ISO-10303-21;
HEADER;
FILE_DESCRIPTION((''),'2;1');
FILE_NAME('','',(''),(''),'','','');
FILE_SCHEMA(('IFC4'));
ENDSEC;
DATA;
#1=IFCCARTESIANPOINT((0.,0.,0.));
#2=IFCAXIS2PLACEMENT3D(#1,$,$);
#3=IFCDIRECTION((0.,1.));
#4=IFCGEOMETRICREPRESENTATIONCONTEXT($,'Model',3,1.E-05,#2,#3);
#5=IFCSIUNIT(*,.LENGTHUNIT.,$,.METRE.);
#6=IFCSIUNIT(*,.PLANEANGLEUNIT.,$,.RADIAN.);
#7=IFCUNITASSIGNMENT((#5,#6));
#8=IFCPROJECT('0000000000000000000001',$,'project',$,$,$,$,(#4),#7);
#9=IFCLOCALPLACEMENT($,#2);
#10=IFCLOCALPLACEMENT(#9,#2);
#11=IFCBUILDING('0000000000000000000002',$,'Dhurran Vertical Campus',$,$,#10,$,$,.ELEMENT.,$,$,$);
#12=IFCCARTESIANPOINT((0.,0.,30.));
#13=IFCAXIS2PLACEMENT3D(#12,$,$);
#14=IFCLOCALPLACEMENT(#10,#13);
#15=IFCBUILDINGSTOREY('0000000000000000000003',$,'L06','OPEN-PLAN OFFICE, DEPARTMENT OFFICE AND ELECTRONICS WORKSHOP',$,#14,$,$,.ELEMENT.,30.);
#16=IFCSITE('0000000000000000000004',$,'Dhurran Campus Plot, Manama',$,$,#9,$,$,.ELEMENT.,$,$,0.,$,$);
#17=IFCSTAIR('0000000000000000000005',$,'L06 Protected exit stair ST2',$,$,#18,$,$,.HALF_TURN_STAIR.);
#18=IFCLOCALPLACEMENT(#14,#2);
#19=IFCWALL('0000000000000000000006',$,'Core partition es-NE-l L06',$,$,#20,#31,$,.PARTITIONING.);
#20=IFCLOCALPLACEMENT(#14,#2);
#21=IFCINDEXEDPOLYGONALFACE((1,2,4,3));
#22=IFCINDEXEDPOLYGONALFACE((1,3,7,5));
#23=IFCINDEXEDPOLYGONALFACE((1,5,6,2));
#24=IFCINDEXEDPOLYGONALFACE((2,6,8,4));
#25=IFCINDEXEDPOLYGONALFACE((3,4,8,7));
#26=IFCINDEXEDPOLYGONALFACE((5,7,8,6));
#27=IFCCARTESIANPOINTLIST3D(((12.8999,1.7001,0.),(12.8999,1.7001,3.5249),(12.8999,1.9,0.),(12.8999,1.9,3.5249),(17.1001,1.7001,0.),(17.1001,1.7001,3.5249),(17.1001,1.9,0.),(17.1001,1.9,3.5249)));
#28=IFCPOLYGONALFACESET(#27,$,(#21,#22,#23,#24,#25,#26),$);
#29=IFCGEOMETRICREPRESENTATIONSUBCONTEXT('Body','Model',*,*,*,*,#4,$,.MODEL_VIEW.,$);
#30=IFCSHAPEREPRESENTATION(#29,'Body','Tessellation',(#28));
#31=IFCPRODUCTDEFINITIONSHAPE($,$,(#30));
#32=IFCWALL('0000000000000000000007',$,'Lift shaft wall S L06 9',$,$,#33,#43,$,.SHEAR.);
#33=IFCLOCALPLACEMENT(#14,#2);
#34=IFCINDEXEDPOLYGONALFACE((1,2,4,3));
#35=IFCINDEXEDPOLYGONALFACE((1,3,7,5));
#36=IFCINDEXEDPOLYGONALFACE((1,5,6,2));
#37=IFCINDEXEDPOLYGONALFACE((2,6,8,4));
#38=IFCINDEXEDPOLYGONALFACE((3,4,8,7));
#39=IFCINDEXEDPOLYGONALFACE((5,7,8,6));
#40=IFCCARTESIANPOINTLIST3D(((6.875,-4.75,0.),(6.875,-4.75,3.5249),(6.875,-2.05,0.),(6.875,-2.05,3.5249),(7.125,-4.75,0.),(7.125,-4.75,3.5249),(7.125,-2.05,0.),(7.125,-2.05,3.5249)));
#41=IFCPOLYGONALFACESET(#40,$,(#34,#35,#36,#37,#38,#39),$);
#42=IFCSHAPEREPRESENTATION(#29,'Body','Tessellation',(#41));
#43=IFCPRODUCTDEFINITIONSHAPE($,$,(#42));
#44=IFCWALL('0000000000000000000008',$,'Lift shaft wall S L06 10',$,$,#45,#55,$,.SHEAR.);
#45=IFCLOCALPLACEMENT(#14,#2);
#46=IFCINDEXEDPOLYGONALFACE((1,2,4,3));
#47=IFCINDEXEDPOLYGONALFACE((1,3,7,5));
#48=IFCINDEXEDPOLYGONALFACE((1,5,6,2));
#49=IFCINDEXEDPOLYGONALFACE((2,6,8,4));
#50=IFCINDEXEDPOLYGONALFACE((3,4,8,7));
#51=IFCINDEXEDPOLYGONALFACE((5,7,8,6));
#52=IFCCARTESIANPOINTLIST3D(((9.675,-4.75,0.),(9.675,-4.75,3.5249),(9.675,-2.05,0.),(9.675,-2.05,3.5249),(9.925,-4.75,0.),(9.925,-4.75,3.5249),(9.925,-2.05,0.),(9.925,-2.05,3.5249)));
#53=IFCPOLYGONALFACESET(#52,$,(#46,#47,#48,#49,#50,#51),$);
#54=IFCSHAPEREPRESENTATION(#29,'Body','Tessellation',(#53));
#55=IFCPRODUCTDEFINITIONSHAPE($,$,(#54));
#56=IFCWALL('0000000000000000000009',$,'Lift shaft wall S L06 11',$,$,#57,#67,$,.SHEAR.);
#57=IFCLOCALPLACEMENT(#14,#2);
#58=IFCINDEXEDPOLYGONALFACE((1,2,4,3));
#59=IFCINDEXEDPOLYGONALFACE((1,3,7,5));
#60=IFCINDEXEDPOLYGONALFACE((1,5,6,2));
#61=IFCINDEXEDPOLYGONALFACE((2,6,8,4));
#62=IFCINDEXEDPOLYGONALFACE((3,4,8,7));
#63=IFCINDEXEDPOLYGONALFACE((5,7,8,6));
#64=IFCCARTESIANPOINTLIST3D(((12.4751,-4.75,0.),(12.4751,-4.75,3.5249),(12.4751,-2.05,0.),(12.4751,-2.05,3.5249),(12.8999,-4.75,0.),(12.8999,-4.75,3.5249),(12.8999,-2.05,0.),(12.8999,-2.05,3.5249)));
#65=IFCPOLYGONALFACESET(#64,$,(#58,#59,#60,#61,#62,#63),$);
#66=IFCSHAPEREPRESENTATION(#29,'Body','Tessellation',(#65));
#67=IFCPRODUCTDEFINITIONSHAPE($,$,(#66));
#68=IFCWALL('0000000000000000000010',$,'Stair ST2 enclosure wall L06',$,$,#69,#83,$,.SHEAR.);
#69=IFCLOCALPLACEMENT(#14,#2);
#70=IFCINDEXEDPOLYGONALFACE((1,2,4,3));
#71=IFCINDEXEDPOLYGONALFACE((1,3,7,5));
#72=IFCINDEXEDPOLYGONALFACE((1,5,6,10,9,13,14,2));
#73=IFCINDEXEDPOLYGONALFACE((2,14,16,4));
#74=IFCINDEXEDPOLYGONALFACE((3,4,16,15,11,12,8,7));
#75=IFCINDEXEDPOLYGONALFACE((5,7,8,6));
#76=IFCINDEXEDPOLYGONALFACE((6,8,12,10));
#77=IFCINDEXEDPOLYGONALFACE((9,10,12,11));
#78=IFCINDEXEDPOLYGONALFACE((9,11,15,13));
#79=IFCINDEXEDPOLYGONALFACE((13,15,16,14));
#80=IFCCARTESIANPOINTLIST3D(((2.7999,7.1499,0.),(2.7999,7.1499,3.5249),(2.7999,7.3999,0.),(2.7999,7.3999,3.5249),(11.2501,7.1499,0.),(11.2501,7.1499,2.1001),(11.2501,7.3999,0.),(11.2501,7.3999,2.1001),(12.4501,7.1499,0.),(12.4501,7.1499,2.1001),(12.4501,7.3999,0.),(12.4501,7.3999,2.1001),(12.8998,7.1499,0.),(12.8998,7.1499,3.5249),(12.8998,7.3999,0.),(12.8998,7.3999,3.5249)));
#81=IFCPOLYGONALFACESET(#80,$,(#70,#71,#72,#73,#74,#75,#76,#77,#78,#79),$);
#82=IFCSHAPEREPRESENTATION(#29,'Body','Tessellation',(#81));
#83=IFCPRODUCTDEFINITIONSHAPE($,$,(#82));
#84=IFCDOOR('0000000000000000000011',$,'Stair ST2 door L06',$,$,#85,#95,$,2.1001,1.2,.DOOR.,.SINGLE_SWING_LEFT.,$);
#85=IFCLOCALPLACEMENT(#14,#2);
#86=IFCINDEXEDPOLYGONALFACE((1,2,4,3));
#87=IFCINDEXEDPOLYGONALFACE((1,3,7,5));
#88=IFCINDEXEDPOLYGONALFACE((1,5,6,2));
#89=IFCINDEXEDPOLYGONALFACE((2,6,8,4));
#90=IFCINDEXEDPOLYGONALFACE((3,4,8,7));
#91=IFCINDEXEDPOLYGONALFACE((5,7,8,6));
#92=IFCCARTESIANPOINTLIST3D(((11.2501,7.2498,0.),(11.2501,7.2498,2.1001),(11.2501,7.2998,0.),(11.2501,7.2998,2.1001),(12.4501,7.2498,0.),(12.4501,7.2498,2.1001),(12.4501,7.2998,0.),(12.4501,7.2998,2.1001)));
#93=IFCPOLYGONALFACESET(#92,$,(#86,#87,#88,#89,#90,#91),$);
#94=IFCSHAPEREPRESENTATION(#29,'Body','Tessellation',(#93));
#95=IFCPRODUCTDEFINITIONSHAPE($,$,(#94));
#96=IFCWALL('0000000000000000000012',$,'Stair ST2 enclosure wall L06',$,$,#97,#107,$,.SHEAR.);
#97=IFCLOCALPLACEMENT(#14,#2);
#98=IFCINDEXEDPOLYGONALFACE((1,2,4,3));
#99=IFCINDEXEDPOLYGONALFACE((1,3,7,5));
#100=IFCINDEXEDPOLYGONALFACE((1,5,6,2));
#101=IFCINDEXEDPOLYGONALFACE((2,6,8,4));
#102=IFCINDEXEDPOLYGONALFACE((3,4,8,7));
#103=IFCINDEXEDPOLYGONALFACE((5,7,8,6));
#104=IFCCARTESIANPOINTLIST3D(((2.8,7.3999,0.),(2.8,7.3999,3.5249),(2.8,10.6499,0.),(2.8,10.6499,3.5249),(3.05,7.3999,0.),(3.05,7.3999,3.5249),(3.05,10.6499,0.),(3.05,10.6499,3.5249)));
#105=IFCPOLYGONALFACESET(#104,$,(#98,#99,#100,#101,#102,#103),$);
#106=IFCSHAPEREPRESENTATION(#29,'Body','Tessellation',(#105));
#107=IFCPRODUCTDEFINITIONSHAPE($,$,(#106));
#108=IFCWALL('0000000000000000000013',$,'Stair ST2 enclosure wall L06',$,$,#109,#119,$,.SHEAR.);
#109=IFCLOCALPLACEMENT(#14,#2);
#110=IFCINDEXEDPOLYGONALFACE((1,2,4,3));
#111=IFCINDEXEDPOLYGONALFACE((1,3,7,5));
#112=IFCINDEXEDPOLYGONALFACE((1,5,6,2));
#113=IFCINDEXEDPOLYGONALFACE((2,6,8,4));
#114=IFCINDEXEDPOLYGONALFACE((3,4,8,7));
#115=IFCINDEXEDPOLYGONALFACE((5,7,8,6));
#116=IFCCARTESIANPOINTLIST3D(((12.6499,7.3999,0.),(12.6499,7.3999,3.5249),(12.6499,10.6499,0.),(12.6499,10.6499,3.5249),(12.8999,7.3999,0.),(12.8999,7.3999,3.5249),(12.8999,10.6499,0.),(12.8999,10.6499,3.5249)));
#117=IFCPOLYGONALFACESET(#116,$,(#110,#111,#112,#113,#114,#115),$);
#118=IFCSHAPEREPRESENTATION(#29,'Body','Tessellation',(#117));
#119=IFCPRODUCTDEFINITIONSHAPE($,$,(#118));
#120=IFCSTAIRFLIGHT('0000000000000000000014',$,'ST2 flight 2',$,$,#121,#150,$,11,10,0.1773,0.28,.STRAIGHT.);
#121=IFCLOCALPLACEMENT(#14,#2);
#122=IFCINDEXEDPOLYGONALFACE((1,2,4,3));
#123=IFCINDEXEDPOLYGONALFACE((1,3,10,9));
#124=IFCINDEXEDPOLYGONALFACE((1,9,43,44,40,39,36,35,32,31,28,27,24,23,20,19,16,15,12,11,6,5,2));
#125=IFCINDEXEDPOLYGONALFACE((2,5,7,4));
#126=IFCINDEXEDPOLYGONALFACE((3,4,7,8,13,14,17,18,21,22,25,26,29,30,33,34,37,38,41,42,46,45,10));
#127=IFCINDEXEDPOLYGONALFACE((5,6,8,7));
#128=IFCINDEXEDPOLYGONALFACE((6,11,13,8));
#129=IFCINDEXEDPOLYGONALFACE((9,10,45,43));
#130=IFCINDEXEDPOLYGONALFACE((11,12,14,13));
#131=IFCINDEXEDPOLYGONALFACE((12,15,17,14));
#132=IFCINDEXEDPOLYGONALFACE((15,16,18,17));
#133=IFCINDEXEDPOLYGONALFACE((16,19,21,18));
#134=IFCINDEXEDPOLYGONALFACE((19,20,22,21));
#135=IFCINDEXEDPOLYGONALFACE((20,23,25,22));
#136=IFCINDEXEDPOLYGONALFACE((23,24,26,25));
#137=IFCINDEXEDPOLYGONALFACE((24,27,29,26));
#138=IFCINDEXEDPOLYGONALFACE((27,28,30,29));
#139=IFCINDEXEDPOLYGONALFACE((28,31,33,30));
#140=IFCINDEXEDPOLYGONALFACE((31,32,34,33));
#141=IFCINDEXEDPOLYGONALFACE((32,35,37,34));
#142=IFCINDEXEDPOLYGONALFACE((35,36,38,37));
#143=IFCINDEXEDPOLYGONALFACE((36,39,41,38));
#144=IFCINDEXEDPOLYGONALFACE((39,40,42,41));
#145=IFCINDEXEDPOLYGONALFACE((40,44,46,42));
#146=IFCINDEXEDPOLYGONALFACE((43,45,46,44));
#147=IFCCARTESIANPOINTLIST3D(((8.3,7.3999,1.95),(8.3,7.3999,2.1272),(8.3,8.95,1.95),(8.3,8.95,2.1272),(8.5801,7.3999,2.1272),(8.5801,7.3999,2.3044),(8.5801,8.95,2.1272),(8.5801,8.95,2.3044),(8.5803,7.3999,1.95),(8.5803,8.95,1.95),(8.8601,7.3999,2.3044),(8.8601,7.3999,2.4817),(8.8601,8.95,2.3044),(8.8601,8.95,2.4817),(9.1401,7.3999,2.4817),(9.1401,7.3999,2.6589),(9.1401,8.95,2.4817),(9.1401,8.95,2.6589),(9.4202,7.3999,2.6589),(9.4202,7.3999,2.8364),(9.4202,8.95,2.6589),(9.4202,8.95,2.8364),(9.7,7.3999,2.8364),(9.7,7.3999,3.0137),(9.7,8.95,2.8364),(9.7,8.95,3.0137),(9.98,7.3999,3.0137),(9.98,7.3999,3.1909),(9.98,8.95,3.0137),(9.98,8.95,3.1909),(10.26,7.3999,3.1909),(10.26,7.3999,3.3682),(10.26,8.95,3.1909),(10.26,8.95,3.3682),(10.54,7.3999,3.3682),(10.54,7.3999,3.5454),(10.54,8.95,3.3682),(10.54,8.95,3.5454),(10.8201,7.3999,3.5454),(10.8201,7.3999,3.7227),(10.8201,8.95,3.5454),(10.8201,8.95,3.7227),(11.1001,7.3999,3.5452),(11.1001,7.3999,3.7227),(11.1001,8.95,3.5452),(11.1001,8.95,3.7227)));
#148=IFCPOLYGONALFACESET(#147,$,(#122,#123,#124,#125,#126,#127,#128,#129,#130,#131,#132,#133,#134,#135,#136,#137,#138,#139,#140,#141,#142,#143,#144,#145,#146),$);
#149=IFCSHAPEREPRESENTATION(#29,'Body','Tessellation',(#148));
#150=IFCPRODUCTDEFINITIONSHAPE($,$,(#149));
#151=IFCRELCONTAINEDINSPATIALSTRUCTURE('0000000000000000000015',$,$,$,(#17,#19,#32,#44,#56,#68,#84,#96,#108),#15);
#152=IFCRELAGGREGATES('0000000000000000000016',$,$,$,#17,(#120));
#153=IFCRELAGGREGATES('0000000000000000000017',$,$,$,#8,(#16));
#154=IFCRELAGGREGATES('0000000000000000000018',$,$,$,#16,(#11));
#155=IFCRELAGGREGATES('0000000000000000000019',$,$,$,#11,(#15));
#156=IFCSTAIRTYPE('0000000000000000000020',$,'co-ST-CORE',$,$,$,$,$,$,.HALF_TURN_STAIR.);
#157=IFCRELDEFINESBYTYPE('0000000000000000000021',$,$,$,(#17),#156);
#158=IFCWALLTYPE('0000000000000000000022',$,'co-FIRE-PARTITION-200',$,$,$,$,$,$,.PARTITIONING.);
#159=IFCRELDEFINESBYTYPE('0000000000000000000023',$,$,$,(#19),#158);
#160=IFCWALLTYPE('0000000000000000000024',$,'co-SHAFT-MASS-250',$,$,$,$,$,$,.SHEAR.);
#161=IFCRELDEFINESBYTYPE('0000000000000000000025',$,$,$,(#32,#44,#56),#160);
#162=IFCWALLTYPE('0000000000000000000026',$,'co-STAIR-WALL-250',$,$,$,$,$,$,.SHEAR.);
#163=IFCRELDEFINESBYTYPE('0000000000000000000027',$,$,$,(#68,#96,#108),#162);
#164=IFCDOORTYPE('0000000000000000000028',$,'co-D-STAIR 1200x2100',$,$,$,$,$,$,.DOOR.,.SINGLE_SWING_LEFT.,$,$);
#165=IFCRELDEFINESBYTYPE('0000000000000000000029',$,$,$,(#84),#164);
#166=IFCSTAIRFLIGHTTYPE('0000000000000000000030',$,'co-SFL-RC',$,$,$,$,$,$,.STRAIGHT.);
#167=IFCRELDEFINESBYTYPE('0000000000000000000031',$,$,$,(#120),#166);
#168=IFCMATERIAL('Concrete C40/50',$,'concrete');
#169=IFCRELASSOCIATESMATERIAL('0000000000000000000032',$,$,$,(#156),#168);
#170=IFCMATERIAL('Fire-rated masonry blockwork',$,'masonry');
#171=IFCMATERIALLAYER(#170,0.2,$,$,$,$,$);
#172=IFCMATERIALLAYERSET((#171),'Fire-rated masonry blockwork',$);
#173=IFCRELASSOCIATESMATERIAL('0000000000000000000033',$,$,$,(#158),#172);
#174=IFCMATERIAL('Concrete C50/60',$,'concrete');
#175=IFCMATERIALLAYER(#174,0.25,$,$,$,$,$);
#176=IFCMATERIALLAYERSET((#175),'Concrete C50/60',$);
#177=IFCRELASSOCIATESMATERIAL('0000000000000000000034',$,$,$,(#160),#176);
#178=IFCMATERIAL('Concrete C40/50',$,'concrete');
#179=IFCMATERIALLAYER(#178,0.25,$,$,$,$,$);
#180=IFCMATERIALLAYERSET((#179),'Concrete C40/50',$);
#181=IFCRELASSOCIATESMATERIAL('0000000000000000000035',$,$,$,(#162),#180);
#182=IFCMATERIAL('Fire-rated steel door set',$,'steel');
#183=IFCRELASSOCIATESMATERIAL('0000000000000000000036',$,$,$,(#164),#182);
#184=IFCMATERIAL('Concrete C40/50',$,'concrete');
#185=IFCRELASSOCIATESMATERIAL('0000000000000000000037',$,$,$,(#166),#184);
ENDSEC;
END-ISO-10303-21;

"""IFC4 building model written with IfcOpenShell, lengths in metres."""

from ifc_helpers import new_model, si_unit, direction, frame, frame_2d, origin, place, context, subcontext, project, spatial, polyline, rectangle, outline, extrude, material, layer, layer_set, type_object, element, fill, aggregate, save


model = new_model("IFC4")

# Units and contexts
model_context = context("Model", 3, precision=1e-05, world=origin(), true_north=direction((0.0, 1.0)))
body_context = subcontext(model_context, "Body", "Model", "MODEL_VIEW")
ifc_project = project(units=[si_unit("LENGTHUNIT", "METRE"), si_unit("PLANEANGLEUNIT", "RADIAN")], contexts=[model_context])

# Site, building, storey
site_placement = place(None, origin())
site = spatial("IfcSite", under=ifc_project, at=site_placement, Name="Dhurran Campus Plot, Manama", CompositionType="ELEMENT", RefElevation=0.0)
building_placement = place(site_placement, origin())
building = spatial("IfcBuilding", under=site, at=building_placement, Name="Dhurran Vertical Campus", CompositionType="ELEMENT")
storey_placement = place(building_placement, frame((0.0, 0.0, 30.0)))
storey = spatial("IfcBuildingStorey", under=building, at=storey_placement, Name="L06", Description="OPEN-PLAN OFFICE, DEPARTMENT OFFICE AND ELECTRONICS WORKSHOP", CompositionType="ELEMENT", Elevation=30.0)

# Stair
ifc_material_1 = material(Name="Concrete C40/50", Category="concrete")
stair_type = type_object("IfcStairType", Name="co-ST-CORE", PredefinedType="HALF_TURN_STAIR", material=ifc_material_1)
stair_1_placement = place(storey_placement, origin())
stair_1 = element("IfcStair", 1, at=stair_1_placement, inside=storey, type_object=stair_type, Name="L06 Protected exit stair ST2", PredefinedType="HALF_TURN_STAIR")

# Shared definitions
ifc_material_2 = material(Name="Fire-rated masonry blockwork", Category="masonry")
ifc_layer_1 = layer(ifc_material_2, 0.2)
ifc_layer_set_1 = layer_set([ifc_layer_1], Name="Fire-rated masonry blockwork")
wall_type_1 = type_object("IfcWallType", Name="co-FIRE-PARTITION-200", PredefinedType="PARTITIONING", material=ifc_layer_set_1)

# Walls
wall_1_placement = place(storey_placement, frame((12.8999, 1.8, 0.0), z_axis=(0.0, 0.0, 1.0), x_axis=(1.0, 0.0, 0.0)))
element("IfcWall", 2, at=wall_1_placement, inside=storey, type_object=wall_type_1, Name="Core partition es-NE-l L06", PredefinedType="PARTITIONING", context=body_context, shape_type="SweptSolid", body=[
    extrude(rectangle(XDim=4.2002, YDim=0.2, at=frame_2d((2.1001, 0.0))), origin(), (0.0, 0.0, 1.0), 3.5249),
])
ifc_material_3 = material(Name="Concrete C50/60", Category="concrete")
ifc_layer_2 = layer(ifc_material_3, 0.25)
ifc_layer_set_2 = layer_set([ifc_layer_2], Name="Concrete C50/60")
wall_type_2 = type_object("IfcWallType", Name="co-SHAFT-MASS-250", PredefinedType="SHEAR", material=ifc_layer_set_2)
wall_2_placement = place(storey_placement, origin())
element("IfcWall", 3, at=wall_2_placement, inside=storey, type_object=wall_type_2, Name="Lift shaft wall S L06 9", PredefinedType="SHEAR", context=body_context, shape_type="SweptSolid", body=[
    extrude(outline(polyline([(6.875, -4.75), (7.125, -4.75), (7.125, -2.05), (6.875, -2.05), (6.875, -4.75)])), origin(), (0.0, 0.0, 1.0), 3.5249),
])
wall_3_placement = place(storey_placement, origin())
element("IfcWall", 4, at=wall_3_placement, inside=storey, type_object=wall_type_2, Name="Lift shaft wall S L06 10", PredefinedType="SHEAR", context=body_context, shape_type="SweptSolid", body=[
    extrude(outline(polyline([(9.675, -4.75), (9.925, -4.75), (9.925, -2.05), (9.675, -2.05), (9.675, -4.75)])), origin(), (0.0, 0.0, 1.0), 3.5249),
])
wall_4_placement = place(storey_placement, origin())
element("IfcWall", 5, at=wall_4_placement, inside=storey, type_object=wall_type_2, Name="Lift shaft wall S L06 11", PredefinedType="SHEAR", context=body_context, shape_type="SweptSolid", body=[
    extrude(outline(polyline([(12.4751, -4.75), (12.8999, -4.75), (12.8999, -2.05), (12.4751, -2.05), (12.4751, -4.75)])), origin(), (0.0, 0.0, 1.0), 3.5249),
])

# Wall, opening, door
ifc_material_4 = material(Name="Concrete C40/50", Category="concrete")
ifc_layer_3 = layer(ifc_material_4, 0.25)
ifc_layer_set_3 = layer_set([ifc_layer_3], Name="Concrete C40/50")
wall_type_3 = type_object("IfcWallType", Name="co-STAIR-WALL-250", PredefinedType="SHEAR", material=ifc_layer_set_3)
wall_5_placement = place(storey_placement, frame((2.8, 7.2749, 0.0), z_axis=(0.0, 0.0, 1.0), x_axis=(1.0, 0.0, 0.0)))
wall_5 = element("IfcWall", 6, at=wall_5_placement, inside=storey, type_object=wall_type_3, Name="Stair ST2 enclosure wall L06", PredefinedType="SHEAR", context=body_context, shape_type="SweptSolid", body=[
    extrude(rectangle(XDim=10.0999, YDim=0.25, at=frame_2d((5.0498, 0.0))), origin(), (0.0, 0.0, 1.0), 3.5249),
])
opening_1_placement = place(wall_5_placement, frame((8.45, 0.0, 0.0)))
opening_1 = element("IfcOpeningElement", 7, at=opening_1_placement, cuts=wall_5, PredefinedType="OPENING", context=body_context, shape_type="SweptSolid", body=[
    extrude(rectangle(XDim=1.2, YDim=2.1001, at=frame_2d((0.6001, 1.05))), frame((0.0, 0.135, 0.0), z_axis=(0.0, -1.0, 0.0), x_axis=(1.0, 0.0, 0.0)), (0.0, 0.0, 1.0), 0.27),
])
ifc_material_5 = material(Name="Fire-rated steel door set", Category="steel")
door_type_1 = type_object("IfcDoorType", Name="co-D-STAIR 1200x2100", OperationType="SINGLE_SWING_LEFT", PredefinedType="DOOR", material=ifc_material_5)
door_1_placement = place(opening_1_placement, origin())
door_1 = element("IfcDoor", 8, at=door_1_placement, inside=storey, type_object=door_type_1, Name="Stair ST2 door L06", OperationType="SINGLE_SWING_LEFT", OverallHeight=2.1001, OverallWidth=1.2, PredefinedType="DOOR", context=body_context, shape_type="SweptSolid", body=[
    extrude(rectangle(XDim=1.2, YDim=2.1001, at=frame_2d((0.6001, 1.05))), frame((0.0, 0.0249, 0.0), z_axis=(0.0, -1.0, 0.0), x_axis=(1.0, 0.0, 0.0)), (0.0, 0.0, 1.0), 0.05),
])
fill(opening_1, door_1)

# Walls
for number, where, z_axis, x_axis, name in (
    (9, (2.925, 7.3999, 0.0), (0.0, 0.0, 1.0), (0.0, 1.0, 0.0), "Stair ST2 enclosure wall L06"),
    (10, (12.7749, 7.3999, 0.0), (0.0, 0.0, 1.0), (0.0, 1.0, 0.0), "Stair ST2 enclosure wall L06"),
):
    element("IfcWall", number, at=place(storey_placement, frame(where, z_axis=z_axis, x_axis=x_axis)), inside=storey, type_object=wall_type_3, Name=name, PredefinedType="SHEAR", context=body_context, shape_type="SweptSolid", body=[
        extrude(rectangle(XDim=3.25, YDim=0.25, at=frame_2d((1.625, 0.0))), origin(), (0.0, 0.0, 1.0), 3.5249),
    ])

# Stair flight
ifc_material_6 = material(Name="Concrete C40/50", Category="concrete")
stair_flight_type = type_object("IfcStairFlightType", Name="co-SFL-RC", PredefinedType="STRAIGHT", material=ifc_material_6)
stair_flight_placement = place(storey_placement, frame((8.3, 8.175, 1.95), z_axis=(0.0, 0.0, 1.0), x_axis=(1.0, 0.0, 0.0)))
stair_flight = element("IfcStairFlight", 11, at=stair_flight_placement, type_object=stair_flight_type, Name="ST2 flight 2", NumberOfRisers=11, NumberOfTreads=10, PredefinedType="STRAIGHT", RiserHeight=0.1773, TreadLength=0.28, context=body_context, shape_type="SweptSolid", body=[
    extrude(outline(polyline([(0.0, 0.0), (0.0, 0.1772), (0.28, 0.1772), (0.28, 0.3545), (0.5601, 0.3545), (0.5601, 0.5317), (0.8401, 0.5317), (0.8401, 0.709), (1.1201, 0.709), (1.1201, 0.8865), (1.3999, 0.8865), (1.3999, 1.0637), (1.6799, 1.0637), (1.6799, 1.241), (1.96, 1.241), (1.96, 1.4182), (2.24, 1.4182), (2.24, 1.5955), (2.52, 1.5955), (2.52, 1.7727), (2.8, 1.7727), (2.8, 1.95), (2.8, 1.5952), (0.2803, 0.0), (0.0, 0.0)])), frame((0.0, 0.7749, 0.0), z_axis=(0.0, -1.0, 0.0), x_axis=(1.0, 0.0, 0.0)), (0.0, 0.0, 1.0), 1.55),
])
aggregate(stair_1, [stair_flight])

save(model, "model.ifc")
